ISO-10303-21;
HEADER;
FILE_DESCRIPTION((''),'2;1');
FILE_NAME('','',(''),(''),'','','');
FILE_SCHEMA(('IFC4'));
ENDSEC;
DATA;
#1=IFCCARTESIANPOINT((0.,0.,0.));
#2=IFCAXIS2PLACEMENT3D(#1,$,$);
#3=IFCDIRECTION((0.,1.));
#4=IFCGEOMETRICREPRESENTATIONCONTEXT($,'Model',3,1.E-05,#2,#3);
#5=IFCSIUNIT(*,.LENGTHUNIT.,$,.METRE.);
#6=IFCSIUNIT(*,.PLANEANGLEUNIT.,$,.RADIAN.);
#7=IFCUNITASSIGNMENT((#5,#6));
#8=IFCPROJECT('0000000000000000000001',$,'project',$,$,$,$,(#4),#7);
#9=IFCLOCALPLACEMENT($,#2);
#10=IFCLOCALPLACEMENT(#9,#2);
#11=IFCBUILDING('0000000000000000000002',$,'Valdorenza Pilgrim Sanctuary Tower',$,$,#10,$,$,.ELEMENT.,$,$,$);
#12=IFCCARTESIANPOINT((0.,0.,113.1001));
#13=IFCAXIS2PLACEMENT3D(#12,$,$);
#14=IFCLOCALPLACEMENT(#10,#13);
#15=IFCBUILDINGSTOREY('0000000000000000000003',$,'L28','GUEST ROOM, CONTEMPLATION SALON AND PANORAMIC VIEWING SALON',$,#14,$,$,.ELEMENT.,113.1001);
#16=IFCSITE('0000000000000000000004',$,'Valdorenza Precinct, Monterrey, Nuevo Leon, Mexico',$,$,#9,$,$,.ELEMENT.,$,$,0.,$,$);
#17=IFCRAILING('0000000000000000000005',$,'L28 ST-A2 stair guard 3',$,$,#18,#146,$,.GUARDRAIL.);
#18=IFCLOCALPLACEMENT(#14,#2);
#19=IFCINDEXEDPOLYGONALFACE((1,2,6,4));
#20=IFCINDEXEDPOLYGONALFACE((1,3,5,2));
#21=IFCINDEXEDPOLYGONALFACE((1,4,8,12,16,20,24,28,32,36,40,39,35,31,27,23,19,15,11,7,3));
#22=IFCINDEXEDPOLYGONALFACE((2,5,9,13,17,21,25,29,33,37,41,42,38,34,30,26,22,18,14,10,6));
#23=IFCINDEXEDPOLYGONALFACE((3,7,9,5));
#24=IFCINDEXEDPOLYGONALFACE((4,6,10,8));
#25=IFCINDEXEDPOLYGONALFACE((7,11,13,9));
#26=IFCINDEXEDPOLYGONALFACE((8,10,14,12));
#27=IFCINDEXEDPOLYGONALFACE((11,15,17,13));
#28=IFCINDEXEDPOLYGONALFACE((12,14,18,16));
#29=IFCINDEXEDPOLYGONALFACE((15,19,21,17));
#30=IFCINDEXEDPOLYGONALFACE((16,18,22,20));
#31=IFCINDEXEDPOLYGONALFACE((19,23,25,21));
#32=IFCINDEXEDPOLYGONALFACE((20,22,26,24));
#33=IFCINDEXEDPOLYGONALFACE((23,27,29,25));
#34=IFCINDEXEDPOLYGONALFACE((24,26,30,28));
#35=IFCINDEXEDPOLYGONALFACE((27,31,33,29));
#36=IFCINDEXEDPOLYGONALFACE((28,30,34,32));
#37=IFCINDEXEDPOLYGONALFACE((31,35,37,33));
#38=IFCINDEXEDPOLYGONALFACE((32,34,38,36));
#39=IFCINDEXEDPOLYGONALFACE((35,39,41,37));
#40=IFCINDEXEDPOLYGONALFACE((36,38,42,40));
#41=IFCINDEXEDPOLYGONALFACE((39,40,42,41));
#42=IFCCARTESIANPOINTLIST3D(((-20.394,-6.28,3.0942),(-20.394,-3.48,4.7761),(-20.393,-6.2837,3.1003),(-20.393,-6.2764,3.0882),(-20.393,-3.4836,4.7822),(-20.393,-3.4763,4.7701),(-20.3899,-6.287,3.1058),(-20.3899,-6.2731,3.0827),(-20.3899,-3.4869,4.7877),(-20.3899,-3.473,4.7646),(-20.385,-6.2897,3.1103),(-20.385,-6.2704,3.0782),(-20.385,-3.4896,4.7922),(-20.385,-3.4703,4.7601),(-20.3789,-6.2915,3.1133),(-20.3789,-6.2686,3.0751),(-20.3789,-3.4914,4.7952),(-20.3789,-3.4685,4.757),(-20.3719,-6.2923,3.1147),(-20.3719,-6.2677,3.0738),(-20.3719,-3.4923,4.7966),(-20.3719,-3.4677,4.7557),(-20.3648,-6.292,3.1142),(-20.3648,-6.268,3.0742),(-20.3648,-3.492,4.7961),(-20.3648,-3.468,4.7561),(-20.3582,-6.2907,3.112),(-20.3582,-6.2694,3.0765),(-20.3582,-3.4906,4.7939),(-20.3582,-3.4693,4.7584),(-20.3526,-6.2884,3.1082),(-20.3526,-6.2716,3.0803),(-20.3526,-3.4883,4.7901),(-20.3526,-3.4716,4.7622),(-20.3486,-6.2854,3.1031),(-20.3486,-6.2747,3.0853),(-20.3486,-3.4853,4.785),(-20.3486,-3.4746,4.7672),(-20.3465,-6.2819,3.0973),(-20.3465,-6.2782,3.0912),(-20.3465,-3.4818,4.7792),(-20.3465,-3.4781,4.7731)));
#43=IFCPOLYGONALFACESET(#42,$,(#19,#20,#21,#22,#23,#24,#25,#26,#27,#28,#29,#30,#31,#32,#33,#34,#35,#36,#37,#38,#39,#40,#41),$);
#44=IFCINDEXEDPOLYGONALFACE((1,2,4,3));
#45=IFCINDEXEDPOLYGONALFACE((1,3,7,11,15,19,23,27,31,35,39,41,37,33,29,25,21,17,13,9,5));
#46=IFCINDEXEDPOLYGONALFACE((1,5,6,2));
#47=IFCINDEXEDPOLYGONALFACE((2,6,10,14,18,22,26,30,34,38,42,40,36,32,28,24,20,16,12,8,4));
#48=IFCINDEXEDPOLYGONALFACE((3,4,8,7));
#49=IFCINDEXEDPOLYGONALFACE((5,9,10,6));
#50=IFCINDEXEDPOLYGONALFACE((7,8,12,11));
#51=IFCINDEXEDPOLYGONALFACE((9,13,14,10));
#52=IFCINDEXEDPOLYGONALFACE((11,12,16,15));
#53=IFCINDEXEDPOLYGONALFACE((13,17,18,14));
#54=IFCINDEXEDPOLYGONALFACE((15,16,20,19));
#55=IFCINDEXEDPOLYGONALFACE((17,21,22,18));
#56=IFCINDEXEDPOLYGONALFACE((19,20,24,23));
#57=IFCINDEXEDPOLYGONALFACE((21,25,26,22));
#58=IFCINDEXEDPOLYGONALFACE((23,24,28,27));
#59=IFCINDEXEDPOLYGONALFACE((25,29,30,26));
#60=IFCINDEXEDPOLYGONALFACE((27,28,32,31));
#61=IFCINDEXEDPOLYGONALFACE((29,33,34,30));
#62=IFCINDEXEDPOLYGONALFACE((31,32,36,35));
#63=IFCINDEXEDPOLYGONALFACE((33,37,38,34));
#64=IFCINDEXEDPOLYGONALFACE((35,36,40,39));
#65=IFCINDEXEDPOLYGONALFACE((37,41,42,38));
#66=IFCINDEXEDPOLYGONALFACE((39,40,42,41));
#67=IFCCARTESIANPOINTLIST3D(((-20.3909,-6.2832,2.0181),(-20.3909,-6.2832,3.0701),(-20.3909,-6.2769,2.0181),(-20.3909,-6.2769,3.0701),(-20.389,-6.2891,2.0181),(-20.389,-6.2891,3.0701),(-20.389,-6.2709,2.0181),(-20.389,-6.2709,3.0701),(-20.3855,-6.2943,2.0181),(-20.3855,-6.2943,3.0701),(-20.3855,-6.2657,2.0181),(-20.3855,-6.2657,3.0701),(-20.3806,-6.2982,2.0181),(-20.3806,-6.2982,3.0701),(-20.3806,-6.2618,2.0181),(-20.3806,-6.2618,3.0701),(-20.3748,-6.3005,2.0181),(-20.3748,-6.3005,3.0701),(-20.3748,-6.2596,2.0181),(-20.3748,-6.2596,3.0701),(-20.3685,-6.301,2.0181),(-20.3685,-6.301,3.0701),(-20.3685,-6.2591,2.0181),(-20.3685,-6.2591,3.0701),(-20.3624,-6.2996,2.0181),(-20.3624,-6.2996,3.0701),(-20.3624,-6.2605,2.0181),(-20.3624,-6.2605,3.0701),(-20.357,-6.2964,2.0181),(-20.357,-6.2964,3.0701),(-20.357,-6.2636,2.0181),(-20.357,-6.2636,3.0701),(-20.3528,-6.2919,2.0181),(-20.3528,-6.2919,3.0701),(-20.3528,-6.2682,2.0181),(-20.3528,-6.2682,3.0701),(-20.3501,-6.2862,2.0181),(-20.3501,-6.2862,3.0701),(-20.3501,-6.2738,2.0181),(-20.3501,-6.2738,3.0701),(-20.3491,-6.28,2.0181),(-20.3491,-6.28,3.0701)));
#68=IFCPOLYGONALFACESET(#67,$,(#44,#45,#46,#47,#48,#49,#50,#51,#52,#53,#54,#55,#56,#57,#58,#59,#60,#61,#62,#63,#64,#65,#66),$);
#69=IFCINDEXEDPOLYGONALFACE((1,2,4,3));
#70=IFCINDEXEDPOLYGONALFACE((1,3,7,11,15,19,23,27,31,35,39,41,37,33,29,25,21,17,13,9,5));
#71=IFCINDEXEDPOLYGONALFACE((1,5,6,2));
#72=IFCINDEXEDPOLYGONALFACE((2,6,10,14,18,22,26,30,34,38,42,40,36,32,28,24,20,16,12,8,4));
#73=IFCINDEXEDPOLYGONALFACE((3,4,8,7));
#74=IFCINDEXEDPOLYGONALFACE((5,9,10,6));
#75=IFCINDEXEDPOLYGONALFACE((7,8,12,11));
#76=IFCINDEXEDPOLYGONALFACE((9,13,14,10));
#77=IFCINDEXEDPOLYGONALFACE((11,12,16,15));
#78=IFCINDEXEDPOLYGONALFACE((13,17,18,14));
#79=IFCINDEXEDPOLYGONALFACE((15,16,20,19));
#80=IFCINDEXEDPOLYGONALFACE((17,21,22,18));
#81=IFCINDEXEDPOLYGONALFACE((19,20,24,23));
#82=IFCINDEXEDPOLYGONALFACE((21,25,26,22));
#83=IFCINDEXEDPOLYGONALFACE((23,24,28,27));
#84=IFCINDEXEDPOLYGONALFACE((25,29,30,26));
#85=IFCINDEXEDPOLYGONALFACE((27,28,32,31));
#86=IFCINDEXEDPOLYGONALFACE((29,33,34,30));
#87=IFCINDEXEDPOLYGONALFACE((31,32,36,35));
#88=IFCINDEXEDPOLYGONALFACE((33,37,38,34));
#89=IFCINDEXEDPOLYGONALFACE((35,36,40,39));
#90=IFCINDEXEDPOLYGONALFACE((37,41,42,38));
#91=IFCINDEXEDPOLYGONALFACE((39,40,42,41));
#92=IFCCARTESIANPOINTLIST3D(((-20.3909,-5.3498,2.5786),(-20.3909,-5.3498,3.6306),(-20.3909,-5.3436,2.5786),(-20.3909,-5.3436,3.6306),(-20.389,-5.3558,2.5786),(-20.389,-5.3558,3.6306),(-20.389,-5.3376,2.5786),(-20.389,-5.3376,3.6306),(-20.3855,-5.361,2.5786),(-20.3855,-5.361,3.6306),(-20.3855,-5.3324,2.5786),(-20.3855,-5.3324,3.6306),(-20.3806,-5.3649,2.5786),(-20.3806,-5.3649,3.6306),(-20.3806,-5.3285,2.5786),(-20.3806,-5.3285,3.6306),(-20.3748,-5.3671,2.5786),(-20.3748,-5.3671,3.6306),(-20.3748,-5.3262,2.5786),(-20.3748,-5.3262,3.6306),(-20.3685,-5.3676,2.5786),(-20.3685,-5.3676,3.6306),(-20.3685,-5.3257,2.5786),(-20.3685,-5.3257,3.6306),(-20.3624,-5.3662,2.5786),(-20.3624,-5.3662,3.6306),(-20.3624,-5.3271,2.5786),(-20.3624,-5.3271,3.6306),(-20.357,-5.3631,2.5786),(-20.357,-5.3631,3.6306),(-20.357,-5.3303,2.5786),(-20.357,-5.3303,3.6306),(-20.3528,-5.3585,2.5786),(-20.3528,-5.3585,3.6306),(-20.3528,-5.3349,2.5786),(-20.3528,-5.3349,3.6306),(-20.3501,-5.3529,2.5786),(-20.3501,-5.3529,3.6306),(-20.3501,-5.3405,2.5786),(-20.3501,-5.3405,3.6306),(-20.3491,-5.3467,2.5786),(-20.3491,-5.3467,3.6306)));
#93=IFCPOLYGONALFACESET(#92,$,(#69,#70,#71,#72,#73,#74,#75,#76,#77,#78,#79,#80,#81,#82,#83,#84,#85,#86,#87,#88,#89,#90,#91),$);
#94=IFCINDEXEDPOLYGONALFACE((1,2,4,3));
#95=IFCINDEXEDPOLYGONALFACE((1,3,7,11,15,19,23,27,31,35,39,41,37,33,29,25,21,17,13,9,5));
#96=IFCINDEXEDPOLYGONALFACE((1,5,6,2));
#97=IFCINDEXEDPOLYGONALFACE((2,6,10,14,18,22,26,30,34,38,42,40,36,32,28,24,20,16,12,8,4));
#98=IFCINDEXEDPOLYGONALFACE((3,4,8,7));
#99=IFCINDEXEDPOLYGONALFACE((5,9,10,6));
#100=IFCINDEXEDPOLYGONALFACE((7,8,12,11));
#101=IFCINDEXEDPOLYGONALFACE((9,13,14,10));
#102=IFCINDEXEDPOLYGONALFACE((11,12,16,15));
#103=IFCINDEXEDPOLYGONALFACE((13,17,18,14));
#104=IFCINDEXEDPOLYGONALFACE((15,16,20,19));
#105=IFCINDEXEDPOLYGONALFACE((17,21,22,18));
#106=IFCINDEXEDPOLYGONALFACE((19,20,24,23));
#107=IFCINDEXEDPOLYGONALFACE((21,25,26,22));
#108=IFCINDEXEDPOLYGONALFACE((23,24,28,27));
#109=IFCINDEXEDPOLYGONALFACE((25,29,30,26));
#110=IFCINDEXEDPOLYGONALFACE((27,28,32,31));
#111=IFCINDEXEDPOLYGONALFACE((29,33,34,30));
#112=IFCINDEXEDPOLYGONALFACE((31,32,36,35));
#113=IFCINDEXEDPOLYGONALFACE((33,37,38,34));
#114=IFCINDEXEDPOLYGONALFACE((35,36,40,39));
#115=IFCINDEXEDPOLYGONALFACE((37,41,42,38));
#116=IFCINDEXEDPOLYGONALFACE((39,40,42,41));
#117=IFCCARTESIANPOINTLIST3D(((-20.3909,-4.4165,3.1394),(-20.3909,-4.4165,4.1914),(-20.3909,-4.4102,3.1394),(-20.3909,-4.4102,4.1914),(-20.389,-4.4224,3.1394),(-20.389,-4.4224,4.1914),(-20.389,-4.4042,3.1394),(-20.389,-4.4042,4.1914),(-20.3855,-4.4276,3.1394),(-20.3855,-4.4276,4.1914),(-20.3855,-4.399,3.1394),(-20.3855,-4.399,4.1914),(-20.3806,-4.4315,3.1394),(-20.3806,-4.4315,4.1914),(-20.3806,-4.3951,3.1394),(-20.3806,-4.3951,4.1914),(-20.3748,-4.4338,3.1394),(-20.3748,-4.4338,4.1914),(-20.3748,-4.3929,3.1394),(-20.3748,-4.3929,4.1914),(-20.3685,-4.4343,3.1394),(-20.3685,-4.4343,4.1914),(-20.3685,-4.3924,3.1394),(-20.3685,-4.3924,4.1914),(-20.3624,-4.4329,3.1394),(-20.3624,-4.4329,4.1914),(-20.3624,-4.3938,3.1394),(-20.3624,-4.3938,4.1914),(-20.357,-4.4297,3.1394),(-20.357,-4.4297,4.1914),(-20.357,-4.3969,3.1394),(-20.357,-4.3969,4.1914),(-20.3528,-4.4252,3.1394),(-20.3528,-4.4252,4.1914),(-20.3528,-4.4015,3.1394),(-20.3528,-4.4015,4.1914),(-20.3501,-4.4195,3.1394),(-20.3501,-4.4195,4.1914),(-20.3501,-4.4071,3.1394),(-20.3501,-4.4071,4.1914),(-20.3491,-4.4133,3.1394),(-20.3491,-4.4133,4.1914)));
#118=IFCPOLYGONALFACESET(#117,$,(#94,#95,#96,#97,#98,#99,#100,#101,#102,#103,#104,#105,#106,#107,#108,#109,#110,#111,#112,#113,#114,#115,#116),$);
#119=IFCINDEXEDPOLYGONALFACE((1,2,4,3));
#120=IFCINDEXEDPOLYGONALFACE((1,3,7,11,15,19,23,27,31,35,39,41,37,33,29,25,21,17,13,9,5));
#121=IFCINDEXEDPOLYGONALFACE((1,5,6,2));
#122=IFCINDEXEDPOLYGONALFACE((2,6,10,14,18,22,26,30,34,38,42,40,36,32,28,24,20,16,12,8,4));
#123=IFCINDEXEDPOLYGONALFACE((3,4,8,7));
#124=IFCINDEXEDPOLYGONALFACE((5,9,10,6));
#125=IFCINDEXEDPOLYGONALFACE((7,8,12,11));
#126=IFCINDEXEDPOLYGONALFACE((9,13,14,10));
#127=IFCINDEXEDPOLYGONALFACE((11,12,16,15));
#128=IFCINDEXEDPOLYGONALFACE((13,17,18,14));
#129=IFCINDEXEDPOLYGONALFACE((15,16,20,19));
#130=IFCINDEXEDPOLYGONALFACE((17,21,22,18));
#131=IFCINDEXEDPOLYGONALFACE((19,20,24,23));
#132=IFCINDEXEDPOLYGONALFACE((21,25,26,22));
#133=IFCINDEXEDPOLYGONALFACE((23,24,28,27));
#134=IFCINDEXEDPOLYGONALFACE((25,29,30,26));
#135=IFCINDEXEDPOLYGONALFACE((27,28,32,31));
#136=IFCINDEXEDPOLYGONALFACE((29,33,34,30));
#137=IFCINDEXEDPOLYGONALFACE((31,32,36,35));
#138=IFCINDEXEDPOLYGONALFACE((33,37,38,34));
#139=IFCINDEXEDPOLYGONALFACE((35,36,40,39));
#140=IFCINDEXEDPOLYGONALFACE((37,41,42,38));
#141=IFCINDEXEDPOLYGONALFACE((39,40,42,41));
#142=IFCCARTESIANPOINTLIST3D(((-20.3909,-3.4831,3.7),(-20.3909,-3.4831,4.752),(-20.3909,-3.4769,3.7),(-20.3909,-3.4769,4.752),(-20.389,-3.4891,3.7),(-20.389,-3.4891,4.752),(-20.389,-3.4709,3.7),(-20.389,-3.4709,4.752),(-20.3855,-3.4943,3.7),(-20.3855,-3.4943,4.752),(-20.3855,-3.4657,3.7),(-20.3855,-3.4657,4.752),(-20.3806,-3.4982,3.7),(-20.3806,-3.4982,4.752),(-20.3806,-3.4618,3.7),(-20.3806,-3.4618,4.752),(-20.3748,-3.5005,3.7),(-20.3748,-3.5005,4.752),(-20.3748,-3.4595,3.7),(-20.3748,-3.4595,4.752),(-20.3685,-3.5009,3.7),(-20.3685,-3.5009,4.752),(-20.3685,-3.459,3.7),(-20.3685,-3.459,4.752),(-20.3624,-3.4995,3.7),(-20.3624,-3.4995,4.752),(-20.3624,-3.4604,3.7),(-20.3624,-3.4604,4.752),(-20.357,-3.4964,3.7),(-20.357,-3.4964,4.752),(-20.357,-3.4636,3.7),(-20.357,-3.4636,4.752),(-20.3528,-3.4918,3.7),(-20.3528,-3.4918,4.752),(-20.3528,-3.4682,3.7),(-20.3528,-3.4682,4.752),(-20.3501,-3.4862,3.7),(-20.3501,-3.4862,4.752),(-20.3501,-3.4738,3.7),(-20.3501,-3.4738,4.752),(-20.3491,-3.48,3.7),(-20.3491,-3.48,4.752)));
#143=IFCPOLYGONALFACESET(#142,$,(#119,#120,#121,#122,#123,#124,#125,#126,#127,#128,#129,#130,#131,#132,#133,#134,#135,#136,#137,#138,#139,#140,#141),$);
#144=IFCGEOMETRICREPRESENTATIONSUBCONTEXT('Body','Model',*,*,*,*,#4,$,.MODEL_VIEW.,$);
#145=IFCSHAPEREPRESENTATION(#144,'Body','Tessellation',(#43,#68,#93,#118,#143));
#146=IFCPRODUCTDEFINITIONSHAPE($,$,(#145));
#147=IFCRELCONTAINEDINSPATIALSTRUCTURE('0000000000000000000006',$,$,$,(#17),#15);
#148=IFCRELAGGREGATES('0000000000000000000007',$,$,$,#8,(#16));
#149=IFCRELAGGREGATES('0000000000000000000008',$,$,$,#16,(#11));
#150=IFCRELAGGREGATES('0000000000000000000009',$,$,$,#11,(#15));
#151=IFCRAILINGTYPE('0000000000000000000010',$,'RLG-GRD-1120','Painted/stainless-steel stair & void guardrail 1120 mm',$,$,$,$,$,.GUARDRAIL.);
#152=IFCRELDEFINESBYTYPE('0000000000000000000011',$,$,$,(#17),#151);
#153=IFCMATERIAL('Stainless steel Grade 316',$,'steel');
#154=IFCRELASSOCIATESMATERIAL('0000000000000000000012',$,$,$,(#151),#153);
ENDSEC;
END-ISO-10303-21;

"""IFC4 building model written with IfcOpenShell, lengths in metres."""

from ifc_helpers import new_model, si_unit, direction, frame, origin, origin_2d, place, context, subcontext, project, spatial, circle, extrude, material, type_object, element, save


model = new_model("IFC4")

# Units and contexts
model_context = context("Model", 3, precision=1e-05, world=origin(), true_north=direction((0.0, 1.0)))
body_context = subcontext(model_context, "Body", "Model", "MODEL_VIEW")
ifc_project = project(units=[si_unit("LENGTHUNIT", "METRE"), si_unit("PLANEANGLEUNIT", "RADIAN")], contexts=[model_context])

# Site, building, storey
site_placement = place(None, origin())
site = spatial("IfcSite", under=ifc_project, at=site_placement, Name="Valdorenza Precinct, Monterrey, Nuevo Leon, Mexico", CompositionType="ELEMENT", RefElevation=0.0)
building_placement = place(site_placement, origin())
building = spatial("IfcBuilding", under=site, at=building_placement, Name="Valdorenza Pilgrim Sanctuary Tower", CompositionType="ELEMENT")
storey_placement = place(building_placement, frame((0.0, 0.0, 113.1001)))
storey = spatial("IfcBuildingStorey", under=building, at=storey_placement, Name="L28", Description="GUEST ROOM, CONTEMPLATION SALON AND PANORAMIC VIEWING SALON", CompositionType="ELEMENT", Elevation=113.1001)

# Railing
ifc_material_1 = material(Name="Stainless steel Grade 316", Category="steel")
railing_type_1 = type_object("IfcRailingType", Name="RLG-GRD-1120", Description="Painted/stainless-steel stair & void guardrail 1120 mm", PredefinedType="GUARDRAIL", material=ifc_material_1)
railing_1_placement = place(storey_placement, frame((-20.3701, -6.28, 2.0181)))
element("IfcRailing", 1, at=railing_1_placement, inside=storey, type_object=railing_type_1, Name="L28 ST-A2 stair guard 3", PredefinedType="GUARDRAIL", context=body_context, shape_type="SweptSolid", body=[
    extrude(circle(Radius=0.0239, at=origin_2d()), frame((0.0, 0.0, 1.0762), z_axis=(0.0, 0.857242, 0.514913), x_axis=(-1.0, 0.0, 0.0)), (0.0, 0.0, 1.0), 3.2664),
    extrude(circle(Radius=0.021, at=origin_2d()), origin(), (0.0, 0.0, 1.0), 1.052),
    extrude(circle(Radius=0.021, at=origin_2d()), frame((0.0, 0.9333, 0.5605)), (0.0, 0.0, 1.0), 1.052),
    extrude(circle(Radius=0.021, at=origin_2d()), frame((0.0, 1.8667, 1.1213)), (0.0, 0.0, 1.0), 1.052),
    extrude(circle(Radius=0.021, at=origin_2d()), frame((0.0, 2.8, 1.6819)), (0.0, 0.0, 1.0), 1.052),
])

save(model, "model.ifc")
